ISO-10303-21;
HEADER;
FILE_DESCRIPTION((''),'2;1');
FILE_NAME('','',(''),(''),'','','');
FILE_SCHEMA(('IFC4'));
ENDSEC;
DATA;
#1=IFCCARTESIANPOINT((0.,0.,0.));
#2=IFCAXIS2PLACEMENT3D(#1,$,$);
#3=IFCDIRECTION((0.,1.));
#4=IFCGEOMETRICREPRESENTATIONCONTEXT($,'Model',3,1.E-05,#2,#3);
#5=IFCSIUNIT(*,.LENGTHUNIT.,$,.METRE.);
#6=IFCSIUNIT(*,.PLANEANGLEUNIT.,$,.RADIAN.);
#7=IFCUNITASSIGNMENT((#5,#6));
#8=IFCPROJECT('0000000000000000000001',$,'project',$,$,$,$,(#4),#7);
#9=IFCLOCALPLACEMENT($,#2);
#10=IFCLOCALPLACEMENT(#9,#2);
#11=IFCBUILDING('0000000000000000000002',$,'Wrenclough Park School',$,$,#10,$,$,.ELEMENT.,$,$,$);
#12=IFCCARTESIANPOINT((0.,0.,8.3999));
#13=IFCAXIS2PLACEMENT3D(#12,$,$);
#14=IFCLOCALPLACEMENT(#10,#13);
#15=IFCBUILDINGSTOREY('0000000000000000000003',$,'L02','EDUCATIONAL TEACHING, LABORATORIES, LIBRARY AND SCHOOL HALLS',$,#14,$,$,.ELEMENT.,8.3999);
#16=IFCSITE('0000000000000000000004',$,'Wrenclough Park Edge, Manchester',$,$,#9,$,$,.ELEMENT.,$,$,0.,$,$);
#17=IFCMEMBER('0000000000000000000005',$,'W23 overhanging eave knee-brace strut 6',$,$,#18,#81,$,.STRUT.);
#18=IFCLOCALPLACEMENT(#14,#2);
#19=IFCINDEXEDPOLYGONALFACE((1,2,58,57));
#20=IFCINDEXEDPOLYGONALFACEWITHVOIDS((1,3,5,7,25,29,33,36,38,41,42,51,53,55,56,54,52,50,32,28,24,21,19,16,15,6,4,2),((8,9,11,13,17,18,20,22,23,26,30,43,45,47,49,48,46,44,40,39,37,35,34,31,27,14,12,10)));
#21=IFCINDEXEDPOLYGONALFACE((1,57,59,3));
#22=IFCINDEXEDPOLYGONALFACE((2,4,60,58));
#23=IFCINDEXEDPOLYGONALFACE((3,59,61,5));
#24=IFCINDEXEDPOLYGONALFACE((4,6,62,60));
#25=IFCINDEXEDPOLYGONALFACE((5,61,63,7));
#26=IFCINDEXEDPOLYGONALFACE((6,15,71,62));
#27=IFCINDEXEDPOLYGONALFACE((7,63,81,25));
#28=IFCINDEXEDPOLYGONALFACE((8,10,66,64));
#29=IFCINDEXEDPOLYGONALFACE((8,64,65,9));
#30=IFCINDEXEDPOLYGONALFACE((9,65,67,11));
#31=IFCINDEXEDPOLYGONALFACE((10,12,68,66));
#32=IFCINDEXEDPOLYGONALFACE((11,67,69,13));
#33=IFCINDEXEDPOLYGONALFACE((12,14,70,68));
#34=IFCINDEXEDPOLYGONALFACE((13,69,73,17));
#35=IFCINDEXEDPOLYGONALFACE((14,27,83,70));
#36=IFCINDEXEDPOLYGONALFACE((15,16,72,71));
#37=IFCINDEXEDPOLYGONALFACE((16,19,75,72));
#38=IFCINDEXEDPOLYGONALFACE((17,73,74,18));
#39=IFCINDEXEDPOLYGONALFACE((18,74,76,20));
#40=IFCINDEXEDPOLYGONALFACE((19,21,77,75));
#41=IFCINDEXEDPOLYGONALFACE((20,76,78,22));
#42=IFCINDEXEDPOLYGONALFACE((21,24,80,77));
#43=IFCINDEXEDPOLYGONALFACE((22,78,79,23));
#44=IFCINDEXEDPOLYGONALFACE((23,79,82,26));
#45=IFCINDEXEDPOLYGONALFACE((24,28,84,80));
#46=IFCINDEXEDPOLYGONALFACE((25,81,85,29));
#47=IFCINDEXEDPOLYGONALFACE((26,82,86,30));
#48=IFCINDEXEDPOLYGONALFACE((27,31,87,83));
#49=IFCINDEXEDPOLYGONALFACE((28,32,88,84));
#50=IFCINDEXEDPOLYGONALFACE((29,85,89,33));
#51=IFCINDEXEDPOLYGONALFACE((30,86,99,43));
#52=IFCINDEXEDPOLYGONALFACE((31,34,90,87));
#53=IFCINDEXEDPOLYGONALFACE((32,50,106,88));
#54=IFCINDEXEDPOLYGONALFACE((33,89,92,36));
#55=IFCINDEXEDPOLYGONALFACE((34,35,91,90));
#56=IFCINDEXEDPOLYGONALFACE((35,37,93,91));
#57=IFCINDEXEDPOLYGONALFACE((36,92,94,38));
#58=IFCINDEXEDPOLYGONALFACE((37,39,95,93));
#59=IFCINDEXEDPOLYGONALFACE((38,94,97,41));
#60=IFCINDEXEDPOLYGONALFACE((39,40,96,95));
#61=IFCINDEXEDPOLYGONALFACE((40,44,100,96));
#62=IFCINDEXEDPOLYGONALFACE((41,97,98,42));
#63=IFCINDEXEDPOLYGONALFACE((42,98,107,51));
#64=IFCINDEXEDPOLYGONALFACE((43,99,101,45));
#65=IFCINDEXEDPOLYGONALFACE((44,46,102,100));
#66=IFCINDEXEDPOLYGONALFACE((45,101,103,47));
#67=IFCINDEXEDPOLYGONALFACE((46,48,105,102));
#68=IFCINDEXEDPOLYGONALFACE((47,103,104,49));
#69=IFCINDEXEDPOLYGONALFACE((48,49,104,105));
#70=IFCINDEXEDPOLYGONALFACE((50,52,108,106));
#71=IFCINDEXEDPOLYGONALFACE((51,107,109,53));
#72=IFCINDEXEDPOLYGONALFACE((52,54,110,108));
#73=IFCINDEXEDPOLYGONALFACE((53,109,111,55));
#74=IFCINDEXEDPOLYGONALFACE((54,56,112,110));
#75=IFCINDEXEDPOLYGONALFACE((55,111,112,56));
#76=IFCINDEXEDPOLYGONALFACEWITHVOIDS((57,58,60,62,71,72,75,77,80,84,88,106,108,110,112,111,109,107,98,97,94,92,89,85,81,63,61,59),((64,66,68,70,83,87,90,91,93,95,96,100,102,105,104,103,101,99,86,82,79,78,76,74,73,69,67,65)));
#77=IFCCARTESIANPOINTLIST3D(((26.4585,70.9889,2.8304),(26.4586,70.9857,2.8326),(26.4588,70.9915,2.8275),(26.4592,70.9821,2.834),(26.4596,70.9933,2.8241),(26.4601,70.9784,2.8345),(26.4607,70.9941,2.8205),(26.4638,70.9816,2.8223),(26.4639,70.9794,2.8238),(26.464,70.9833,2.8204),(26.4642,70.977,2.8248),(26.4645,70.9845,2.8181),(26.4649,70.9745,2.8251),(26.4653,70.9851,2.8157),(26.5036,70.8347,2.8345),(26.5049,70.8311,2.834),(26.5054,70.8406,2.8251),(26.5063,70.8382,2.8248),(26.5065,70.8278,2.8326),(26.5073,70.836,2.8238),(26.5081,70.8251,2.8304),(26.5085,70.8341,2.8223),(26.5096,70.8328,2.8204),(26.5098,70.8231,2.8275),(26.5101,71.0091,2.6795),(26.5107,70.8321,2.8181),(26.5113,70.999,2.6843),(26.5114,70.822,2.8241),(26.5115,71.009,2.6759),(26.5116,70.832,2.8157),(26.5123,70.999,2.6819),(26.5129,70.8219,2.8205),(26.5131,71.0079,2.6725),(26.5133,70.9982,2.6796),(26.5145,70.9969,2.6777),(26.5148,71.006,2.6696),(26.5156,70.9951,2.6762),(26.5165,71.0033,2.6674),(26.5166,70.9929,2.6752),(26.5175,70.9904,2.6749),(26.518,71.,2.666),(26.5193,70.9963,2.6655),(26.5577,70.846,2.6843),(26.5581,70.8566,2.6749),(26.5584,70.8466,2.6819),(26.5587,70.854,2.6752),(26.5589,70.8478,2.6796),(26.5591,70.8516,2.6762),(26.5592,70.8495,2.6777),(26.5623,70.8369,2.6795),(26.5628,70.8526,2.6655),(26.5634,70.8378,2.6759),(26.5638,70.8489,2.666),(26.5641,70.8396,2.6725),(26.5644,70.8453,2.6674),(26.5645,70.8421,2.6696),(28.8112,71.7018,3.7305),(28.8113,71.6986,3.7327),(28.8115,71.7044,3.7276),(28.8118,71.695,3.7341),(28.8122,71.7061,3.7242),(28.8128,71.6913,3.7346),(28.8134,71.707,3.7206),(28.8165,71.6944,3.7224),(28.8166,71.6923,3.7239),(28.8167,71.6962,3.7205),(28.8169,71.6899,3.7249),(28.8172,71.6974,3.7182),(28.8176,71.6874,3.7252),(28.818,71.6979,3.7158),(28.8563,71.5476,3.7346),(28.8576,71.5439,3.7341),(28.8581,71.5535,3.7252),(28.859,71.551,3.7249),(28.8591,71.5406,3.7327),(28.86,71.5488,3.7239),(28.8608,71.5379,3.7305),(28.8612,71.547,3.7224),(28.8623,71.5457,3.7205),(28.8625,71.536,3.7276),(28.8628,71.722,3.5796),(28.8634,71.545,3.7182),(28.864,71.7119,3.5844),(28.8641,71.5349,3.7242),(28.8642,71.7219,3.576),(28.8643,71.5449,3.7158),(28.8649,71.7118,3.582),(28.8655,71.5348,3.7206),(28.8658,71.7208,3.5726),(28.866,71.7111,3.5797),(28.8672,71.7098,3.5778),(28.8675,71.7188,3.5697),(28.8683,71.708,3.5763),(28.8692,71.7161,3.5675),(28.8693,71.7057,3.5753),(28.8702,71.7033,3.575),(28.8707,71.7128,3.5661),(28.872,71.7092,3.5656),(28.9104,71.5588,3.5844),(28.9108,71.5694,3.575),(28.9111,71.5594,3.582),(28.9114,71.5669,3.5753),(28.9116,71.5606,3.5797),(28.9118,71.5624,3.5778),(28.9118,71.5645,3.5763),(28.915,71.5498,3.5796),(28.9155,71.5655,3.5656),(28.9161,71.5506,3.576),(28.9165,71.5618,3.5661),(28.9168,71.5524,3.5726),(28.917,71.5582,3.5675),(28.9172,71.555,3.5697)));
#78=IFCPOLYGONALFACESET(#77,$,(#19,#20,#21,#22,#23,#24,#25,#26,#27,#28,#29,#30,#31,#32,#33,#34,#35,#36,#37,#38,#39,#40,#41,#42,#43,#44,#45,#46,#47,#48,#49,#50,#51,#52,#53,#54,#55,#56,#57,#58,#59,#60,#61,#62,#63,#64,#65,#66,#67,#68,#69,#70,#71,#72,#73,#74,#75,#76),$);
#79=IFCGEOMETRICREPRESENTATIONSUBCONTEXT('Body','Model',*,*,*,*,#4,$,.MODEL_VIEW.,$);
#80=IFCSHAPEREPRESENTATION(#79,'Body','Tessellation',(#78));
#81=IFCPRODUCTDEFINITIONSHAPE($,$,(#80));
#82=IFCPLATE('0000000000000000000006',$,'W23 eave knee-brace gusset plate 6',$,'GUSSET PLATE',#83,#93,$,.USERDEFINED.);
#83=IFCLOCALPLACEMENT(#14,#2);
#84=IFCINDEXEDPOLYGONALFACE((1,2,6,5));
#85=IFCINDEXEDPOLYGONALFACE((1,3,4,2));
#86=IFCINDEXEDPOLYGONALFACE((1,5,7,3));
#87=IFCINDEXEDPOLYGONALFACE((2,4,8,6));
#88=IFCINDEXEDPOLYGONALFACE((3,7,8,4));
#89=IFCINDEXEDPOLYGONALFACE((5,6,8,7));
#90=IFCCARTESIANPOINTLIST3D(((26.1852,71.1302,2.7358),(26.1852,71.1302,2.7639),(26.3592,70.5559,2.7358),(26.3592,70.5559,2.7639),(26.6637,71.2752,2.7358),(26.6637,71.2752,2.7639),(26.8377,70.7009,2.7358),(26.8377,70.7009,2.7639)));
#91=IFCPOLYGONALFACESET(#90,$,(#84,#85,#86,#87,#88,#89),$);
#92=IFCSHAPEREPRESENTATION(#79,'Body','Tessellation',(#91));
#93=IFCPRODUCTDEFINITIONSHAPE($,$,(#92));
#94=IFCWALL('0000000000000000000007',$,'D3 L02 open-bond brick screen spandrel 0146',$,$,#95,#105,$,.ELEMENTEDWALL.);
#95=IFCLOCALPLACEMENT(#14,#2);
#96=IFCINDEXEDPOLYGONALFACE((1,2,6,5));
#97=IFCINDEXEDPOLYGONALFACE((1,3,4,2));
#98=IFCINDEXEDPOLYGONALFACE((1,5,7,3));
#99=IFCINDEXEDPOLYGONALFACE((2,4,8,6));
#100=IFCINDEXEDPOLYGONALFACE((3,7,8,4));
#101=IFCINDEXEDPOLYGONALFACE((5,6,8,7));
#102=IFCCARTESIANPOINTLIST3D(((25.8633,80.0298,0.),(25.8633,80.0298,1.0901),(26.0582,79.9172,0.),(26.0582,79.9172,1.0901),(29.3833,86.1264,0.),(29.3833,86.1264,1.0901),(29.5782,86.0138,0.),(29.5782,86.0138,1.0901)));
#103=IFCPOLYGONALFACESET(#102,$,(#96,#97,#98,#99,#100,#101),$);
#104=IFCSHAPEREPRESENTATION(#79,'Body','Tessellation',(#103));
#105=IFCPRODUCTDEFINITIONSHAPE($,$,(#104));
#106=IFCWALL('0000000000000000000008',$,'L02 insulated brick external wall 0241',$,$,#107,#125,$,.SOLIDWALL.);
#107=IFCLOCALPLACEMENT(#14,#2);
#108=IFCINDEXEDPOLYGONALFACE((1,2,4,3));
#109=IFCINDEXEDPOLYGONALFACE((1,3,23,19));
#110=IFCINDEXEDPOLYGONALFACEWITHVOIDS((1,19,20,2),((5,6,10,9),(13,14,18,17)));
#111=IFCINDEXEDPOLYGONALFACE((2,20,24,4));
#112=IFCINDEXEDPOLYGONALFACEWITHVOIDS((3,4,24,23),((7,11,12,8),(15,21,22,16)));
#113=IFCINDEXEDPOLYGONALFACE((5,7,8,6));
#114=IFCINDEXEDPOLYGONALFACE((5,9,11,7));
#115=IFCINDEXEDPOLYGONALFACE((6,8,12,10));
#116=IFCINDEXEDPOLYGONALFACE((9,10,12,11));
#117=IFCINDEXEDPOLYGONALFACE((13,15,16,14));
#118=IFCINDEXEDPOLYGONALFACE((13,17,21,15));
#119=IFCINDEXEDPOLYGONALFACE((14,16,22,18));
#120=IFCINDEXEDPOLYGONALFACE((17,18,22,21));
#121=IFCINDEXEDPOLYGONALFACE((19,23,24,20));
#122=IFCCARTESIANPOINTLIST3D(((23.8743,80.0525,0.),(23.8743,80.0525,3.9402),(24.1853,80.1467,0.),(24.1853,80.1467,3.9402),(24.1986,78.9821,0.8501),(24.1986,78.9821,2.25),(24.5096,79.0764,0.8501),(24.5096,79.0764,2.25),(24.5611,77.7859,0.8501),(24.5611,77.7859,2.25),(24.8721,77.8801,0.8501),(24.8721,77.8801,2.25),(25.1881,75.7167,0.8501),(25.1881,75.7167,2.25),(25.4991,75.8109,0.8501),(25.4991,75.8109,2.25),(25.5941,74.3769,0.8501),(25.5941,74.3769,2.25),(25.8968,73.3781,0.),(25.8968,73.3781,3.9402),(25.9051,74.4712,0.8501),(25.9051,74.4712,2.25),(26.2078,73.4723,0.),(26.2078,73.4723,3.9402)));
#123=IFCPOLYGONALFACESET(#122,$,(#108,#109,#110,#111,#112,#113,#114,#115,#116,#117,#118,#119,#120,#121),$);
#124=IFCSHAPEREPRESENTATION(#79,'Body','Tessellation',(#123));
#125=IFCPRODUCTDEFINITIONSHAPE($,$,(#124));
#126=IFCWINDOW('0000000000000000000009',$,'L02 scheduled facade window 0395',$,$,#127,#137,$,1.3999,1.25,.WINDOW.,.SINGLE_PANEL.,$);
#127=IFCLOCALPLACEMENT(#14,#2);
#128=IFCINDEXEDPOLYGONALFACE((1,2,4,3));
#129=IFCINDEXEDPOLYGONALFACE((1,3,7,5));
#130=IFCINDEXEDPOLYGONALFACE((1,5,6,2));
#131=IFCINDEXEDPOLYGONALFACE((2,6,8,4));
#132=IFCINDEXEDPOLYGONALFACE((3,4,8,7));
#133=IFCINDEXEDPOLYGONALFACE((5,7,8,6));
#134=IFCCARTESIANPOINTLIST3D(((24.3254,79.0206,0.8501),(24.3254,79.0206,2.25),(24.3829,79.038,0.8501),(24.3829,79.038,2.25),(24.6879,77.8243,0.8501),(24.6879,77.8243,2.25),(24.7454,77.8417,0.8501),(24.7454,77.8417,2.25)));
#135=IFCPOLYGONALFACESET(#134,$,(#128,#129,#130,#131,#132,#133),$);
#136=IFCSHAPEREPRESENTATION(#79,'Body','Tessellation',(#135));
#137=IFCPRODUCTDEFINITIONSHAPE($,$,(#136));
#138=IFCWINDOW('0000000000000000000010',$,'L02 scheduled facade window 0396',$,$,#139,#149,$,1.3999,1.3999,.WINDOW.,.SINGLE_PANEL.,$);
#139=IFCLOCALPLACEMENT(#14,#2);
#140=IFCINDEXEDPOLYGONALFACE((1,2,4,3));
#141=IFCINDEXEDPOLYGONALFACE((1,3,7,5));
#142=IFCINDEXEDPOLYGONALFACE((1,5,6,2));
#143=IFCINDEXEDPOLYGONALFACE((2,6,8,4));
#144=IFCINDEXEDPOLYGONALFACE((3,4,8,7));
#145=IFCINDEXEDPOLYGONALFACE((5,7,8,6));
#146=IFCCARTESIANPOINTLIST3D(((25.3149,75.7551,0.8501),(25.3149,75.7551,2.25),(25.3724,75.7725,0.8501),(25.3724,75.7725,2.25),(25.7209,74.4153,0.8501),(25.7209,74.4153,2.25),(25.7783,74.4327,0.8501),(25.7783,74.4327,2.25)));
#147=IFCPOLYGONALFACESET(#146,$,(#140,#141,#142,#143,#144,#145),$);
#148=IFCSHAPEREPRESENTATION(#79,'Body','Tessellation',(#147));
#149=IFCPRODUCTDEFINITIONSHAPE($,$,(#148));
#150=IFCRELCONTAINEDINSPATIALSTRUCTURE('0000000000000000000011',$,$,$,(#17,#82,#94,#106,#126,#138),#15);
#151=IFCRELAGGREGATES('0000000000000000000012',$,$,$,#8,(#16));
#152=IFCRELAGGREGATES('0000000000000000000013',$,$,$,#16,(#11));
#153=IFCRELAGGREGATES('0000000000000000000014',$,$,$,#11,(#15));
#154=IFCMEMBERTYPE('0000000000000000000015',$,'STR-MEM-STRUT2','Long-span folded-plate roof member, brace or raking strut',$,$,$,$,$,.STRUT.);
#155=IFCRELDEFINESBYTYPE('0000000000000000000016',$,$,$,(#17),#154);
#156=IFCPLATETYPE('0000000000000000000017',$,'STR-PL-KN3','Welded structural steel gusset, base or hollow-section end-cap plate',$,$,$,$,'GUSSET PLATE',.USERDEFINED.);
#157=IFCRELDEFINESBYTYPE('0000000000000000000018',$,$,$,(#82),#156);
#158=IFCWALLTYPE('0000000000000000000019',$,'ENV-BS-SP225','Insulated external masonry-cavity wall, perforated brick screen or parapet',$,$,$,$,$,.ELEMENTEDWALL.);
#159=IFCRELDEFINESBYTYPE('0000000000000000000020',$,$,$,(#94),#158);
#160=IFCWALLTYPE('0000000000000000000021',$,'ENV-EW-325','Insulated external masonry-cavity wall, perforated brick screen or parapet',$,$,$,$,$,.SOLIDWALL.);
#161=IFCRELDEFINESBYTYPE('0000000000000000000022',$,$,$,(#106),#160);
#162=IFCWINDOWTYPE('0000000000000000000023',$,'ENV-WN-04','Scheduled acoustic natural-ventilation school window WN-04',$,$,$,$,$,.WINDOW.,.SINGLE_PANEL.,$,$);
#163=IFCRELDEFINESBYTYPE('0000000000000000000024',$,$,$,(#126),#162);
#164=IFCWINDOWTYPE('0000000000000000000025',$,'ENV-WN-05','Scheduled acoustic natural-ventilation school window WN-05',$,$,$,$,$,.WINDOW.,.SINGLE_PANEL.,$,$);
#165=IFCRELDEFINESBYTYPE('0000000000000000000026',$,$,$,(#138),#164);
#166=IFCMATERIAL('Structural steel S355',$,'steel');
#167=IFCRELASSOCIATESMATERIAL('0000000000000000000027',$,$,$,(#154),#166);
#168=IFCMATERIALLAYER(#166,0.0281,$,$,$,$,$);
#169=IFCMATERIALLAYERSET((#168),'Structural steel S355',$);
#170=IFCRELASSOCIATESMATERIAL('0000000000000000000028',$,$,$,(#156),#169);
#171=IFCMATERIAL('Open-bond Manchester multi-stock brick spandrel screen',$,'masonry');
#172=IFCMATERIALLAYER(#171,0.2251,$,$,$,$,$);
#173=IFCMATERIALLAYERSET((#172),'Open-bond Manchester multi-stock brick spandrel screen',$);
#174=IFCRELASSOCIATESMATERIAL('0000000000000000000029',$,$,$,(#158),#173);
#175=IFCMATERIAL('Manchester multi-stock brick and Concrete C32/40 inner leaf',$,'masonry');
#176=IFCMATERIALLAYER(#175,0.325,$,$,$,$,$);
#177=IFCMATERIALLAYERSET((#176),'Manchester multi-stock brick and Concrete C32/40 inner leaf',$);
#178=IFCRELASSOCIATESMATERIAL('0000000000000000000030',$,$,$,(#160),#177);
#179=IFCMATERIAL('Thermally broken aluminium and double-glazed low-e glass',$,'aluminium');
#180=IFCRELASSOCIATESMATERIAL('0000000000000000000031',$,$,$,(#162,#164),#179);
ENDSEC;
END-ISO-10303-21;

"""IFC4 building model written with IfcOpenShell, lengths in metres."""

from ifc_helpers import new_model, si_unit, direction, frame, frame_2d, origin, origin_2d, place, context, subcontext, project, spatial, rectangle, hollow_rectangle, extrude, material, layer, layer_set, material_profile, profile_set, type_object, element, fill, save


model = new_model("IFC4")

# Units and contexts
model_context = context("Model", 3, precision=1e-05, world=origin(), true_north=direction((0.0, 1.0)))
body_context = subcontext(model_context, "Body", "Model", "MODEL_VIEW")
ifc_project = project(units=[si_unit("LENGTHUNIT", "METRE"), si_unit("PLANEANGLEUNIT", "RADIAN")], contexts=[model_context])

# Site, building, storey
site_placement = place(None, origin())
site = spatial("IfcSite", under=ifc_project, at=site_placement, Name="Wrenclough Park Edge, Manchester", CompositionType="ELEMENT", RefElevation=0.0)
building_placement = place(site_placement, origin())
building = spatial("IfcBuilding", under=site, at=building_placement, Name="Wrenclough Park School", CompositionType="ELEMENT")
storey_placement = place(building_placement, frame((0.0, 0.0, 8.3999)))
storey = spatial("IfcBuildingStorey", under=building, at=storey_placement, Name="L02", Description="EDUCATIONAL TEACHING, LABORATORIES, LIBRARY AND SCHOOL HALLS", CompositionType="ELEMENT", Elevation=8.3999)

# Shared definitions
ifc_material_1 = material(Name="Structural steel S355", Category="steel")

# Member
ifc_material_profile_1 = material_profile(ifc_material_1, hollow_rectangle(XDim=0.1799, YDim=0.1799, WallThickness=0.01, InnerFilletRadius=0.01, OuterFilletRadius=0.0149, at=origin_2d()), Name="SHS 180x180x10.0")
ifc_profile_set_1 = profile_set([ifc_material_profile_1], Name="Structural steel S355")
member_type = type_object("IfcMemberType", Name="STR-MEM-STRUT2", Description="Long-span folded-plate roof member, brace or raking strut", PredefinedType="STRUT", material=ifc_profile_set_1)
member_placement = place(storey_placement, frame((26.5115, 70.9155, 2.75), z_axis=(0.898686, 0.272301, 0.343826), x_axis=(-0.28998, 0.957033, 0.0)))
element("IfcMember", 1, at=member_placement, inside=storey, type_object=member_type, Name="W23 overhanging eave knee-brace strut 6", PredefinedType="STRUT", context=body_context, shape_type="SweptSolid", body=[
    extrude(hollow_rectangle(XDim=0.1799, YDim=0.1799, WallThickness=0.01, InnerFilletRadius=0.01, OuterFilletRadius=0.0149, at=origin_2d()), origin(), (0.0, 0.0, 1.0), 2.6179),
])

# Plate
ifc_layer_1 = layer(ifc_material_1, 0.0281)
ifc_layer_set_1 = layer_set([ifc_layer_1], Name="Structural steel S355")
plate_type = type_object("IfcPlateType", Name="STR-PL-KN3", Description="Welded structural steel gusset, base or hollow-section end-cap plate", ElementType="GUSSET PLATE", PredefinedType="USERDEFINED", material=ifc_layer_set_1)
plate_placement = place(storey_placement, frame((26.5115, 70.9155, 2.7358), z_axis=(0.0, 0.0, 1.0), x_axis=(-0.290007, 0.957024, 0.0)))
element("IfcPlate", 2, at=plate_placement, inside=storey, type_object=plate_type, Name="W23 eave knee-brace gusset plate 6", ObjectType="GUSSET PLATE", PredefinedType="USERDEFINED", context=body_context, shape_type="SweptSolid", body=[
    extrude(rectangle(XDim=0.6001, YDim=0.5, at=origin_2d()), origin(), (0.0, 0.0, 1.0), 0.0281),
])

# Wall
ifc_material_2 = material(Name="Open-bond Manchester multi-stock brick spandrel screen", Category="masonry")
ifc_layer_2 = layer(ifc_material_2, 0.2251)
ifc_layer_set_2 = layer_set([ifc_layer_2], Name="Open-bond Manchester multi-stock brick spandrel screen")
wall_type_1 = type_object("IfcWallType", Name="ENV-BS-SP225", Description="Insulated external masonry-cavity wall, perforated brick screen or parapet", PredefinedType="ELEMENTEDWALL", material=ifc_layer_set_2)
wall_1_placement = place(storey_placement, frame((25.9607, 79.9734, 0.0), z_axis=(0.0, 0.0, 1.0), x_axis=(0.500011, 0.866019, 0.0)))
element("IfcWall", 3, at=wall_1_placement, inside=storey, type_object=wall_type_1, Name="D3 L02 open-bond brick screen spandrel 0146", PredefinedType="ELEMENTEDWALL", context=body_context, shape_type="SweptSolid", body=[
    extrude(rectangle(XDim=7.0398, YDim=0.2251, at=frame_2d((3.52, 0.0))), origin(), (0.0, 0.0, 1.0), 1.0901),
])

# Wall, openings, windows
ifc_material_3 = material(Name="Manchester multi-stock brick and Concrete C32/40 inner leaf", Category="masonry")
ifc_layer_3 = layer(ifc_material_3, 0.325)
ifc_layer_set_3 = layer_set([ifc_layer_3], Name="Manchester multi-stock brick and Concrete C32/40 inner leaf")
wall_type_2 = type_object("IfcWallType", Name="ENV-EW-325", Description="Insulated external masonry-cavity wall, perforated brick screen or parapet", PredefinedType="SOLIDWALL", material=ifc_layer_set_3)
wall_2_placement = place(storey_placement, frame((24.0298, 80.0996, 0.0), z_axis=(0.0, 0.0, 1.0), x_axis=(0.29, -0.957027, 0.0)))
wall_2 = element("IfcWall", 4, at=wall_2_placement, inside=storey, type_object=wall_type_2, Name="L02 insulated brick external wall 0241", PredefinedType="SOLIDWALL", context=body_context, shape_type="SweptSolid", body=[
    extrude(rectangle(XDim=6.9741, YDim=0.325, at=frame_2d((3.4871, 0.0))), origin(), (0.0, 0.0, 1.0), 3.9402),
])
opening_1_placement = place(wall_2_placement, frame((1.1184, 0.0, 0.8501)))
opening_1 = element("IfcOpeningElement", 5, at=opening_1_placement, cuts=wall_2, PredefinedType="OPENING", context=body_context, shape_type="SweptSolid", body=[
    extrude(rectangle(XDim=1.25, YDim=1.3999, at=frame_2d((0.625, 0.7))), frame((0.0, 0.1724, 0.0), z_axis=(0.0, -1.0, 0.0), x_axis=(1.0, 0.0, 0.0)), (0.0, 0.0, 1.0), 0.345),
])
opening_2_placement = place(wall_2_placement, frame((4.5305, 0.0, 0.8501)))
opening_2 = element("IfcOpeningElement", 6, at=opening_2_placement, cuts=wall_2, PredefinedType="OPENING", context=body_context, shape_type="SweptSolid", body=[
    extrude(rectangle(XDim=1.3999, YDim=1.3999, at=frame_2d((0.7, 0.7))), frame((0.0, 0.1724, 0.0), z_axis=(0.0, -1.0, 0.0), x_axis=(1.0, 0.0, 0.0)), (0.0, 0.0, 1.0), 0.345),
])
ifc_material_4 = material(Name="Thermally broken aluminium and double-glazed low-e glass", Category="aluminium")
window_type_1 = type_object("IfcWindowType", Name="ENV-WN-04", Description="Scheduled acoustic natural-ventilation school window WN-04", PartitioningType="SINGLE_PANEL", PredefinedType="WINDOW", material=ifc_material_4)
window_1_placement = place(opening_1_placement, origin())
window_1 = element("IfcWindow", 7, at=window_1_placement, inside=storey, type_object=window_type_1, Name="L02 scheduled facade window 0395", OverallHeight=1.3999, OverallWidth=1.25, PartitioningType="SINGLE_PANEL", PredefinedType="WINDOW", context=body_context, shape_type="SweptSolid", body=[
    extrude(rectangle(XDim=1.25, YDim=1.3999, at=frame_2d((0.625, 0.7))), frame((0.0, 0.03, 0.0), z_axis=(0.0, -1.0, 0.0), x_axis=(1.0, 0.0, 0.0)), (0.0, 0.0, 1.0), 0.0601),
])
fill(opening_1, window_1)
window_type_2 = type_object("IfcWindowType", Name="ENV-WN-05", Description="Scheduled acoustic natural-ventilation school window WN-05", PartitioningType="SINGLE_PANEL", PredefinedType="WINDOW", material=ifc_material_4)
window_2_placement = place(opening_2_placement, origin())
window_2 = element("IfcWindow", 8, at=window_2_placement, inside=storey, type_object=window_type_2, Name="L02 scheduled facade window 0396", OverallHeight=1.3999, OverallWidth=1.3999, PartitioningType="SINGLE_PANEL", PredefinedType="WINDOW", context=body_context, shape_type="SweptSolid", body=[
    extrude(rectangle(XDim=1.3999, YDim=1.3999, at=frame_2d((0.7, 0.7))), frame((0.0, 0.03, 0.0), z_axis=(0.0, -1.0, 0.0), x_axis=(1.0, 0.0, 0.0)), (0.0, 0.0, 1.0), 0.0601),
])
fill(opening_2, window_2)

save(model, "model.ifc")
